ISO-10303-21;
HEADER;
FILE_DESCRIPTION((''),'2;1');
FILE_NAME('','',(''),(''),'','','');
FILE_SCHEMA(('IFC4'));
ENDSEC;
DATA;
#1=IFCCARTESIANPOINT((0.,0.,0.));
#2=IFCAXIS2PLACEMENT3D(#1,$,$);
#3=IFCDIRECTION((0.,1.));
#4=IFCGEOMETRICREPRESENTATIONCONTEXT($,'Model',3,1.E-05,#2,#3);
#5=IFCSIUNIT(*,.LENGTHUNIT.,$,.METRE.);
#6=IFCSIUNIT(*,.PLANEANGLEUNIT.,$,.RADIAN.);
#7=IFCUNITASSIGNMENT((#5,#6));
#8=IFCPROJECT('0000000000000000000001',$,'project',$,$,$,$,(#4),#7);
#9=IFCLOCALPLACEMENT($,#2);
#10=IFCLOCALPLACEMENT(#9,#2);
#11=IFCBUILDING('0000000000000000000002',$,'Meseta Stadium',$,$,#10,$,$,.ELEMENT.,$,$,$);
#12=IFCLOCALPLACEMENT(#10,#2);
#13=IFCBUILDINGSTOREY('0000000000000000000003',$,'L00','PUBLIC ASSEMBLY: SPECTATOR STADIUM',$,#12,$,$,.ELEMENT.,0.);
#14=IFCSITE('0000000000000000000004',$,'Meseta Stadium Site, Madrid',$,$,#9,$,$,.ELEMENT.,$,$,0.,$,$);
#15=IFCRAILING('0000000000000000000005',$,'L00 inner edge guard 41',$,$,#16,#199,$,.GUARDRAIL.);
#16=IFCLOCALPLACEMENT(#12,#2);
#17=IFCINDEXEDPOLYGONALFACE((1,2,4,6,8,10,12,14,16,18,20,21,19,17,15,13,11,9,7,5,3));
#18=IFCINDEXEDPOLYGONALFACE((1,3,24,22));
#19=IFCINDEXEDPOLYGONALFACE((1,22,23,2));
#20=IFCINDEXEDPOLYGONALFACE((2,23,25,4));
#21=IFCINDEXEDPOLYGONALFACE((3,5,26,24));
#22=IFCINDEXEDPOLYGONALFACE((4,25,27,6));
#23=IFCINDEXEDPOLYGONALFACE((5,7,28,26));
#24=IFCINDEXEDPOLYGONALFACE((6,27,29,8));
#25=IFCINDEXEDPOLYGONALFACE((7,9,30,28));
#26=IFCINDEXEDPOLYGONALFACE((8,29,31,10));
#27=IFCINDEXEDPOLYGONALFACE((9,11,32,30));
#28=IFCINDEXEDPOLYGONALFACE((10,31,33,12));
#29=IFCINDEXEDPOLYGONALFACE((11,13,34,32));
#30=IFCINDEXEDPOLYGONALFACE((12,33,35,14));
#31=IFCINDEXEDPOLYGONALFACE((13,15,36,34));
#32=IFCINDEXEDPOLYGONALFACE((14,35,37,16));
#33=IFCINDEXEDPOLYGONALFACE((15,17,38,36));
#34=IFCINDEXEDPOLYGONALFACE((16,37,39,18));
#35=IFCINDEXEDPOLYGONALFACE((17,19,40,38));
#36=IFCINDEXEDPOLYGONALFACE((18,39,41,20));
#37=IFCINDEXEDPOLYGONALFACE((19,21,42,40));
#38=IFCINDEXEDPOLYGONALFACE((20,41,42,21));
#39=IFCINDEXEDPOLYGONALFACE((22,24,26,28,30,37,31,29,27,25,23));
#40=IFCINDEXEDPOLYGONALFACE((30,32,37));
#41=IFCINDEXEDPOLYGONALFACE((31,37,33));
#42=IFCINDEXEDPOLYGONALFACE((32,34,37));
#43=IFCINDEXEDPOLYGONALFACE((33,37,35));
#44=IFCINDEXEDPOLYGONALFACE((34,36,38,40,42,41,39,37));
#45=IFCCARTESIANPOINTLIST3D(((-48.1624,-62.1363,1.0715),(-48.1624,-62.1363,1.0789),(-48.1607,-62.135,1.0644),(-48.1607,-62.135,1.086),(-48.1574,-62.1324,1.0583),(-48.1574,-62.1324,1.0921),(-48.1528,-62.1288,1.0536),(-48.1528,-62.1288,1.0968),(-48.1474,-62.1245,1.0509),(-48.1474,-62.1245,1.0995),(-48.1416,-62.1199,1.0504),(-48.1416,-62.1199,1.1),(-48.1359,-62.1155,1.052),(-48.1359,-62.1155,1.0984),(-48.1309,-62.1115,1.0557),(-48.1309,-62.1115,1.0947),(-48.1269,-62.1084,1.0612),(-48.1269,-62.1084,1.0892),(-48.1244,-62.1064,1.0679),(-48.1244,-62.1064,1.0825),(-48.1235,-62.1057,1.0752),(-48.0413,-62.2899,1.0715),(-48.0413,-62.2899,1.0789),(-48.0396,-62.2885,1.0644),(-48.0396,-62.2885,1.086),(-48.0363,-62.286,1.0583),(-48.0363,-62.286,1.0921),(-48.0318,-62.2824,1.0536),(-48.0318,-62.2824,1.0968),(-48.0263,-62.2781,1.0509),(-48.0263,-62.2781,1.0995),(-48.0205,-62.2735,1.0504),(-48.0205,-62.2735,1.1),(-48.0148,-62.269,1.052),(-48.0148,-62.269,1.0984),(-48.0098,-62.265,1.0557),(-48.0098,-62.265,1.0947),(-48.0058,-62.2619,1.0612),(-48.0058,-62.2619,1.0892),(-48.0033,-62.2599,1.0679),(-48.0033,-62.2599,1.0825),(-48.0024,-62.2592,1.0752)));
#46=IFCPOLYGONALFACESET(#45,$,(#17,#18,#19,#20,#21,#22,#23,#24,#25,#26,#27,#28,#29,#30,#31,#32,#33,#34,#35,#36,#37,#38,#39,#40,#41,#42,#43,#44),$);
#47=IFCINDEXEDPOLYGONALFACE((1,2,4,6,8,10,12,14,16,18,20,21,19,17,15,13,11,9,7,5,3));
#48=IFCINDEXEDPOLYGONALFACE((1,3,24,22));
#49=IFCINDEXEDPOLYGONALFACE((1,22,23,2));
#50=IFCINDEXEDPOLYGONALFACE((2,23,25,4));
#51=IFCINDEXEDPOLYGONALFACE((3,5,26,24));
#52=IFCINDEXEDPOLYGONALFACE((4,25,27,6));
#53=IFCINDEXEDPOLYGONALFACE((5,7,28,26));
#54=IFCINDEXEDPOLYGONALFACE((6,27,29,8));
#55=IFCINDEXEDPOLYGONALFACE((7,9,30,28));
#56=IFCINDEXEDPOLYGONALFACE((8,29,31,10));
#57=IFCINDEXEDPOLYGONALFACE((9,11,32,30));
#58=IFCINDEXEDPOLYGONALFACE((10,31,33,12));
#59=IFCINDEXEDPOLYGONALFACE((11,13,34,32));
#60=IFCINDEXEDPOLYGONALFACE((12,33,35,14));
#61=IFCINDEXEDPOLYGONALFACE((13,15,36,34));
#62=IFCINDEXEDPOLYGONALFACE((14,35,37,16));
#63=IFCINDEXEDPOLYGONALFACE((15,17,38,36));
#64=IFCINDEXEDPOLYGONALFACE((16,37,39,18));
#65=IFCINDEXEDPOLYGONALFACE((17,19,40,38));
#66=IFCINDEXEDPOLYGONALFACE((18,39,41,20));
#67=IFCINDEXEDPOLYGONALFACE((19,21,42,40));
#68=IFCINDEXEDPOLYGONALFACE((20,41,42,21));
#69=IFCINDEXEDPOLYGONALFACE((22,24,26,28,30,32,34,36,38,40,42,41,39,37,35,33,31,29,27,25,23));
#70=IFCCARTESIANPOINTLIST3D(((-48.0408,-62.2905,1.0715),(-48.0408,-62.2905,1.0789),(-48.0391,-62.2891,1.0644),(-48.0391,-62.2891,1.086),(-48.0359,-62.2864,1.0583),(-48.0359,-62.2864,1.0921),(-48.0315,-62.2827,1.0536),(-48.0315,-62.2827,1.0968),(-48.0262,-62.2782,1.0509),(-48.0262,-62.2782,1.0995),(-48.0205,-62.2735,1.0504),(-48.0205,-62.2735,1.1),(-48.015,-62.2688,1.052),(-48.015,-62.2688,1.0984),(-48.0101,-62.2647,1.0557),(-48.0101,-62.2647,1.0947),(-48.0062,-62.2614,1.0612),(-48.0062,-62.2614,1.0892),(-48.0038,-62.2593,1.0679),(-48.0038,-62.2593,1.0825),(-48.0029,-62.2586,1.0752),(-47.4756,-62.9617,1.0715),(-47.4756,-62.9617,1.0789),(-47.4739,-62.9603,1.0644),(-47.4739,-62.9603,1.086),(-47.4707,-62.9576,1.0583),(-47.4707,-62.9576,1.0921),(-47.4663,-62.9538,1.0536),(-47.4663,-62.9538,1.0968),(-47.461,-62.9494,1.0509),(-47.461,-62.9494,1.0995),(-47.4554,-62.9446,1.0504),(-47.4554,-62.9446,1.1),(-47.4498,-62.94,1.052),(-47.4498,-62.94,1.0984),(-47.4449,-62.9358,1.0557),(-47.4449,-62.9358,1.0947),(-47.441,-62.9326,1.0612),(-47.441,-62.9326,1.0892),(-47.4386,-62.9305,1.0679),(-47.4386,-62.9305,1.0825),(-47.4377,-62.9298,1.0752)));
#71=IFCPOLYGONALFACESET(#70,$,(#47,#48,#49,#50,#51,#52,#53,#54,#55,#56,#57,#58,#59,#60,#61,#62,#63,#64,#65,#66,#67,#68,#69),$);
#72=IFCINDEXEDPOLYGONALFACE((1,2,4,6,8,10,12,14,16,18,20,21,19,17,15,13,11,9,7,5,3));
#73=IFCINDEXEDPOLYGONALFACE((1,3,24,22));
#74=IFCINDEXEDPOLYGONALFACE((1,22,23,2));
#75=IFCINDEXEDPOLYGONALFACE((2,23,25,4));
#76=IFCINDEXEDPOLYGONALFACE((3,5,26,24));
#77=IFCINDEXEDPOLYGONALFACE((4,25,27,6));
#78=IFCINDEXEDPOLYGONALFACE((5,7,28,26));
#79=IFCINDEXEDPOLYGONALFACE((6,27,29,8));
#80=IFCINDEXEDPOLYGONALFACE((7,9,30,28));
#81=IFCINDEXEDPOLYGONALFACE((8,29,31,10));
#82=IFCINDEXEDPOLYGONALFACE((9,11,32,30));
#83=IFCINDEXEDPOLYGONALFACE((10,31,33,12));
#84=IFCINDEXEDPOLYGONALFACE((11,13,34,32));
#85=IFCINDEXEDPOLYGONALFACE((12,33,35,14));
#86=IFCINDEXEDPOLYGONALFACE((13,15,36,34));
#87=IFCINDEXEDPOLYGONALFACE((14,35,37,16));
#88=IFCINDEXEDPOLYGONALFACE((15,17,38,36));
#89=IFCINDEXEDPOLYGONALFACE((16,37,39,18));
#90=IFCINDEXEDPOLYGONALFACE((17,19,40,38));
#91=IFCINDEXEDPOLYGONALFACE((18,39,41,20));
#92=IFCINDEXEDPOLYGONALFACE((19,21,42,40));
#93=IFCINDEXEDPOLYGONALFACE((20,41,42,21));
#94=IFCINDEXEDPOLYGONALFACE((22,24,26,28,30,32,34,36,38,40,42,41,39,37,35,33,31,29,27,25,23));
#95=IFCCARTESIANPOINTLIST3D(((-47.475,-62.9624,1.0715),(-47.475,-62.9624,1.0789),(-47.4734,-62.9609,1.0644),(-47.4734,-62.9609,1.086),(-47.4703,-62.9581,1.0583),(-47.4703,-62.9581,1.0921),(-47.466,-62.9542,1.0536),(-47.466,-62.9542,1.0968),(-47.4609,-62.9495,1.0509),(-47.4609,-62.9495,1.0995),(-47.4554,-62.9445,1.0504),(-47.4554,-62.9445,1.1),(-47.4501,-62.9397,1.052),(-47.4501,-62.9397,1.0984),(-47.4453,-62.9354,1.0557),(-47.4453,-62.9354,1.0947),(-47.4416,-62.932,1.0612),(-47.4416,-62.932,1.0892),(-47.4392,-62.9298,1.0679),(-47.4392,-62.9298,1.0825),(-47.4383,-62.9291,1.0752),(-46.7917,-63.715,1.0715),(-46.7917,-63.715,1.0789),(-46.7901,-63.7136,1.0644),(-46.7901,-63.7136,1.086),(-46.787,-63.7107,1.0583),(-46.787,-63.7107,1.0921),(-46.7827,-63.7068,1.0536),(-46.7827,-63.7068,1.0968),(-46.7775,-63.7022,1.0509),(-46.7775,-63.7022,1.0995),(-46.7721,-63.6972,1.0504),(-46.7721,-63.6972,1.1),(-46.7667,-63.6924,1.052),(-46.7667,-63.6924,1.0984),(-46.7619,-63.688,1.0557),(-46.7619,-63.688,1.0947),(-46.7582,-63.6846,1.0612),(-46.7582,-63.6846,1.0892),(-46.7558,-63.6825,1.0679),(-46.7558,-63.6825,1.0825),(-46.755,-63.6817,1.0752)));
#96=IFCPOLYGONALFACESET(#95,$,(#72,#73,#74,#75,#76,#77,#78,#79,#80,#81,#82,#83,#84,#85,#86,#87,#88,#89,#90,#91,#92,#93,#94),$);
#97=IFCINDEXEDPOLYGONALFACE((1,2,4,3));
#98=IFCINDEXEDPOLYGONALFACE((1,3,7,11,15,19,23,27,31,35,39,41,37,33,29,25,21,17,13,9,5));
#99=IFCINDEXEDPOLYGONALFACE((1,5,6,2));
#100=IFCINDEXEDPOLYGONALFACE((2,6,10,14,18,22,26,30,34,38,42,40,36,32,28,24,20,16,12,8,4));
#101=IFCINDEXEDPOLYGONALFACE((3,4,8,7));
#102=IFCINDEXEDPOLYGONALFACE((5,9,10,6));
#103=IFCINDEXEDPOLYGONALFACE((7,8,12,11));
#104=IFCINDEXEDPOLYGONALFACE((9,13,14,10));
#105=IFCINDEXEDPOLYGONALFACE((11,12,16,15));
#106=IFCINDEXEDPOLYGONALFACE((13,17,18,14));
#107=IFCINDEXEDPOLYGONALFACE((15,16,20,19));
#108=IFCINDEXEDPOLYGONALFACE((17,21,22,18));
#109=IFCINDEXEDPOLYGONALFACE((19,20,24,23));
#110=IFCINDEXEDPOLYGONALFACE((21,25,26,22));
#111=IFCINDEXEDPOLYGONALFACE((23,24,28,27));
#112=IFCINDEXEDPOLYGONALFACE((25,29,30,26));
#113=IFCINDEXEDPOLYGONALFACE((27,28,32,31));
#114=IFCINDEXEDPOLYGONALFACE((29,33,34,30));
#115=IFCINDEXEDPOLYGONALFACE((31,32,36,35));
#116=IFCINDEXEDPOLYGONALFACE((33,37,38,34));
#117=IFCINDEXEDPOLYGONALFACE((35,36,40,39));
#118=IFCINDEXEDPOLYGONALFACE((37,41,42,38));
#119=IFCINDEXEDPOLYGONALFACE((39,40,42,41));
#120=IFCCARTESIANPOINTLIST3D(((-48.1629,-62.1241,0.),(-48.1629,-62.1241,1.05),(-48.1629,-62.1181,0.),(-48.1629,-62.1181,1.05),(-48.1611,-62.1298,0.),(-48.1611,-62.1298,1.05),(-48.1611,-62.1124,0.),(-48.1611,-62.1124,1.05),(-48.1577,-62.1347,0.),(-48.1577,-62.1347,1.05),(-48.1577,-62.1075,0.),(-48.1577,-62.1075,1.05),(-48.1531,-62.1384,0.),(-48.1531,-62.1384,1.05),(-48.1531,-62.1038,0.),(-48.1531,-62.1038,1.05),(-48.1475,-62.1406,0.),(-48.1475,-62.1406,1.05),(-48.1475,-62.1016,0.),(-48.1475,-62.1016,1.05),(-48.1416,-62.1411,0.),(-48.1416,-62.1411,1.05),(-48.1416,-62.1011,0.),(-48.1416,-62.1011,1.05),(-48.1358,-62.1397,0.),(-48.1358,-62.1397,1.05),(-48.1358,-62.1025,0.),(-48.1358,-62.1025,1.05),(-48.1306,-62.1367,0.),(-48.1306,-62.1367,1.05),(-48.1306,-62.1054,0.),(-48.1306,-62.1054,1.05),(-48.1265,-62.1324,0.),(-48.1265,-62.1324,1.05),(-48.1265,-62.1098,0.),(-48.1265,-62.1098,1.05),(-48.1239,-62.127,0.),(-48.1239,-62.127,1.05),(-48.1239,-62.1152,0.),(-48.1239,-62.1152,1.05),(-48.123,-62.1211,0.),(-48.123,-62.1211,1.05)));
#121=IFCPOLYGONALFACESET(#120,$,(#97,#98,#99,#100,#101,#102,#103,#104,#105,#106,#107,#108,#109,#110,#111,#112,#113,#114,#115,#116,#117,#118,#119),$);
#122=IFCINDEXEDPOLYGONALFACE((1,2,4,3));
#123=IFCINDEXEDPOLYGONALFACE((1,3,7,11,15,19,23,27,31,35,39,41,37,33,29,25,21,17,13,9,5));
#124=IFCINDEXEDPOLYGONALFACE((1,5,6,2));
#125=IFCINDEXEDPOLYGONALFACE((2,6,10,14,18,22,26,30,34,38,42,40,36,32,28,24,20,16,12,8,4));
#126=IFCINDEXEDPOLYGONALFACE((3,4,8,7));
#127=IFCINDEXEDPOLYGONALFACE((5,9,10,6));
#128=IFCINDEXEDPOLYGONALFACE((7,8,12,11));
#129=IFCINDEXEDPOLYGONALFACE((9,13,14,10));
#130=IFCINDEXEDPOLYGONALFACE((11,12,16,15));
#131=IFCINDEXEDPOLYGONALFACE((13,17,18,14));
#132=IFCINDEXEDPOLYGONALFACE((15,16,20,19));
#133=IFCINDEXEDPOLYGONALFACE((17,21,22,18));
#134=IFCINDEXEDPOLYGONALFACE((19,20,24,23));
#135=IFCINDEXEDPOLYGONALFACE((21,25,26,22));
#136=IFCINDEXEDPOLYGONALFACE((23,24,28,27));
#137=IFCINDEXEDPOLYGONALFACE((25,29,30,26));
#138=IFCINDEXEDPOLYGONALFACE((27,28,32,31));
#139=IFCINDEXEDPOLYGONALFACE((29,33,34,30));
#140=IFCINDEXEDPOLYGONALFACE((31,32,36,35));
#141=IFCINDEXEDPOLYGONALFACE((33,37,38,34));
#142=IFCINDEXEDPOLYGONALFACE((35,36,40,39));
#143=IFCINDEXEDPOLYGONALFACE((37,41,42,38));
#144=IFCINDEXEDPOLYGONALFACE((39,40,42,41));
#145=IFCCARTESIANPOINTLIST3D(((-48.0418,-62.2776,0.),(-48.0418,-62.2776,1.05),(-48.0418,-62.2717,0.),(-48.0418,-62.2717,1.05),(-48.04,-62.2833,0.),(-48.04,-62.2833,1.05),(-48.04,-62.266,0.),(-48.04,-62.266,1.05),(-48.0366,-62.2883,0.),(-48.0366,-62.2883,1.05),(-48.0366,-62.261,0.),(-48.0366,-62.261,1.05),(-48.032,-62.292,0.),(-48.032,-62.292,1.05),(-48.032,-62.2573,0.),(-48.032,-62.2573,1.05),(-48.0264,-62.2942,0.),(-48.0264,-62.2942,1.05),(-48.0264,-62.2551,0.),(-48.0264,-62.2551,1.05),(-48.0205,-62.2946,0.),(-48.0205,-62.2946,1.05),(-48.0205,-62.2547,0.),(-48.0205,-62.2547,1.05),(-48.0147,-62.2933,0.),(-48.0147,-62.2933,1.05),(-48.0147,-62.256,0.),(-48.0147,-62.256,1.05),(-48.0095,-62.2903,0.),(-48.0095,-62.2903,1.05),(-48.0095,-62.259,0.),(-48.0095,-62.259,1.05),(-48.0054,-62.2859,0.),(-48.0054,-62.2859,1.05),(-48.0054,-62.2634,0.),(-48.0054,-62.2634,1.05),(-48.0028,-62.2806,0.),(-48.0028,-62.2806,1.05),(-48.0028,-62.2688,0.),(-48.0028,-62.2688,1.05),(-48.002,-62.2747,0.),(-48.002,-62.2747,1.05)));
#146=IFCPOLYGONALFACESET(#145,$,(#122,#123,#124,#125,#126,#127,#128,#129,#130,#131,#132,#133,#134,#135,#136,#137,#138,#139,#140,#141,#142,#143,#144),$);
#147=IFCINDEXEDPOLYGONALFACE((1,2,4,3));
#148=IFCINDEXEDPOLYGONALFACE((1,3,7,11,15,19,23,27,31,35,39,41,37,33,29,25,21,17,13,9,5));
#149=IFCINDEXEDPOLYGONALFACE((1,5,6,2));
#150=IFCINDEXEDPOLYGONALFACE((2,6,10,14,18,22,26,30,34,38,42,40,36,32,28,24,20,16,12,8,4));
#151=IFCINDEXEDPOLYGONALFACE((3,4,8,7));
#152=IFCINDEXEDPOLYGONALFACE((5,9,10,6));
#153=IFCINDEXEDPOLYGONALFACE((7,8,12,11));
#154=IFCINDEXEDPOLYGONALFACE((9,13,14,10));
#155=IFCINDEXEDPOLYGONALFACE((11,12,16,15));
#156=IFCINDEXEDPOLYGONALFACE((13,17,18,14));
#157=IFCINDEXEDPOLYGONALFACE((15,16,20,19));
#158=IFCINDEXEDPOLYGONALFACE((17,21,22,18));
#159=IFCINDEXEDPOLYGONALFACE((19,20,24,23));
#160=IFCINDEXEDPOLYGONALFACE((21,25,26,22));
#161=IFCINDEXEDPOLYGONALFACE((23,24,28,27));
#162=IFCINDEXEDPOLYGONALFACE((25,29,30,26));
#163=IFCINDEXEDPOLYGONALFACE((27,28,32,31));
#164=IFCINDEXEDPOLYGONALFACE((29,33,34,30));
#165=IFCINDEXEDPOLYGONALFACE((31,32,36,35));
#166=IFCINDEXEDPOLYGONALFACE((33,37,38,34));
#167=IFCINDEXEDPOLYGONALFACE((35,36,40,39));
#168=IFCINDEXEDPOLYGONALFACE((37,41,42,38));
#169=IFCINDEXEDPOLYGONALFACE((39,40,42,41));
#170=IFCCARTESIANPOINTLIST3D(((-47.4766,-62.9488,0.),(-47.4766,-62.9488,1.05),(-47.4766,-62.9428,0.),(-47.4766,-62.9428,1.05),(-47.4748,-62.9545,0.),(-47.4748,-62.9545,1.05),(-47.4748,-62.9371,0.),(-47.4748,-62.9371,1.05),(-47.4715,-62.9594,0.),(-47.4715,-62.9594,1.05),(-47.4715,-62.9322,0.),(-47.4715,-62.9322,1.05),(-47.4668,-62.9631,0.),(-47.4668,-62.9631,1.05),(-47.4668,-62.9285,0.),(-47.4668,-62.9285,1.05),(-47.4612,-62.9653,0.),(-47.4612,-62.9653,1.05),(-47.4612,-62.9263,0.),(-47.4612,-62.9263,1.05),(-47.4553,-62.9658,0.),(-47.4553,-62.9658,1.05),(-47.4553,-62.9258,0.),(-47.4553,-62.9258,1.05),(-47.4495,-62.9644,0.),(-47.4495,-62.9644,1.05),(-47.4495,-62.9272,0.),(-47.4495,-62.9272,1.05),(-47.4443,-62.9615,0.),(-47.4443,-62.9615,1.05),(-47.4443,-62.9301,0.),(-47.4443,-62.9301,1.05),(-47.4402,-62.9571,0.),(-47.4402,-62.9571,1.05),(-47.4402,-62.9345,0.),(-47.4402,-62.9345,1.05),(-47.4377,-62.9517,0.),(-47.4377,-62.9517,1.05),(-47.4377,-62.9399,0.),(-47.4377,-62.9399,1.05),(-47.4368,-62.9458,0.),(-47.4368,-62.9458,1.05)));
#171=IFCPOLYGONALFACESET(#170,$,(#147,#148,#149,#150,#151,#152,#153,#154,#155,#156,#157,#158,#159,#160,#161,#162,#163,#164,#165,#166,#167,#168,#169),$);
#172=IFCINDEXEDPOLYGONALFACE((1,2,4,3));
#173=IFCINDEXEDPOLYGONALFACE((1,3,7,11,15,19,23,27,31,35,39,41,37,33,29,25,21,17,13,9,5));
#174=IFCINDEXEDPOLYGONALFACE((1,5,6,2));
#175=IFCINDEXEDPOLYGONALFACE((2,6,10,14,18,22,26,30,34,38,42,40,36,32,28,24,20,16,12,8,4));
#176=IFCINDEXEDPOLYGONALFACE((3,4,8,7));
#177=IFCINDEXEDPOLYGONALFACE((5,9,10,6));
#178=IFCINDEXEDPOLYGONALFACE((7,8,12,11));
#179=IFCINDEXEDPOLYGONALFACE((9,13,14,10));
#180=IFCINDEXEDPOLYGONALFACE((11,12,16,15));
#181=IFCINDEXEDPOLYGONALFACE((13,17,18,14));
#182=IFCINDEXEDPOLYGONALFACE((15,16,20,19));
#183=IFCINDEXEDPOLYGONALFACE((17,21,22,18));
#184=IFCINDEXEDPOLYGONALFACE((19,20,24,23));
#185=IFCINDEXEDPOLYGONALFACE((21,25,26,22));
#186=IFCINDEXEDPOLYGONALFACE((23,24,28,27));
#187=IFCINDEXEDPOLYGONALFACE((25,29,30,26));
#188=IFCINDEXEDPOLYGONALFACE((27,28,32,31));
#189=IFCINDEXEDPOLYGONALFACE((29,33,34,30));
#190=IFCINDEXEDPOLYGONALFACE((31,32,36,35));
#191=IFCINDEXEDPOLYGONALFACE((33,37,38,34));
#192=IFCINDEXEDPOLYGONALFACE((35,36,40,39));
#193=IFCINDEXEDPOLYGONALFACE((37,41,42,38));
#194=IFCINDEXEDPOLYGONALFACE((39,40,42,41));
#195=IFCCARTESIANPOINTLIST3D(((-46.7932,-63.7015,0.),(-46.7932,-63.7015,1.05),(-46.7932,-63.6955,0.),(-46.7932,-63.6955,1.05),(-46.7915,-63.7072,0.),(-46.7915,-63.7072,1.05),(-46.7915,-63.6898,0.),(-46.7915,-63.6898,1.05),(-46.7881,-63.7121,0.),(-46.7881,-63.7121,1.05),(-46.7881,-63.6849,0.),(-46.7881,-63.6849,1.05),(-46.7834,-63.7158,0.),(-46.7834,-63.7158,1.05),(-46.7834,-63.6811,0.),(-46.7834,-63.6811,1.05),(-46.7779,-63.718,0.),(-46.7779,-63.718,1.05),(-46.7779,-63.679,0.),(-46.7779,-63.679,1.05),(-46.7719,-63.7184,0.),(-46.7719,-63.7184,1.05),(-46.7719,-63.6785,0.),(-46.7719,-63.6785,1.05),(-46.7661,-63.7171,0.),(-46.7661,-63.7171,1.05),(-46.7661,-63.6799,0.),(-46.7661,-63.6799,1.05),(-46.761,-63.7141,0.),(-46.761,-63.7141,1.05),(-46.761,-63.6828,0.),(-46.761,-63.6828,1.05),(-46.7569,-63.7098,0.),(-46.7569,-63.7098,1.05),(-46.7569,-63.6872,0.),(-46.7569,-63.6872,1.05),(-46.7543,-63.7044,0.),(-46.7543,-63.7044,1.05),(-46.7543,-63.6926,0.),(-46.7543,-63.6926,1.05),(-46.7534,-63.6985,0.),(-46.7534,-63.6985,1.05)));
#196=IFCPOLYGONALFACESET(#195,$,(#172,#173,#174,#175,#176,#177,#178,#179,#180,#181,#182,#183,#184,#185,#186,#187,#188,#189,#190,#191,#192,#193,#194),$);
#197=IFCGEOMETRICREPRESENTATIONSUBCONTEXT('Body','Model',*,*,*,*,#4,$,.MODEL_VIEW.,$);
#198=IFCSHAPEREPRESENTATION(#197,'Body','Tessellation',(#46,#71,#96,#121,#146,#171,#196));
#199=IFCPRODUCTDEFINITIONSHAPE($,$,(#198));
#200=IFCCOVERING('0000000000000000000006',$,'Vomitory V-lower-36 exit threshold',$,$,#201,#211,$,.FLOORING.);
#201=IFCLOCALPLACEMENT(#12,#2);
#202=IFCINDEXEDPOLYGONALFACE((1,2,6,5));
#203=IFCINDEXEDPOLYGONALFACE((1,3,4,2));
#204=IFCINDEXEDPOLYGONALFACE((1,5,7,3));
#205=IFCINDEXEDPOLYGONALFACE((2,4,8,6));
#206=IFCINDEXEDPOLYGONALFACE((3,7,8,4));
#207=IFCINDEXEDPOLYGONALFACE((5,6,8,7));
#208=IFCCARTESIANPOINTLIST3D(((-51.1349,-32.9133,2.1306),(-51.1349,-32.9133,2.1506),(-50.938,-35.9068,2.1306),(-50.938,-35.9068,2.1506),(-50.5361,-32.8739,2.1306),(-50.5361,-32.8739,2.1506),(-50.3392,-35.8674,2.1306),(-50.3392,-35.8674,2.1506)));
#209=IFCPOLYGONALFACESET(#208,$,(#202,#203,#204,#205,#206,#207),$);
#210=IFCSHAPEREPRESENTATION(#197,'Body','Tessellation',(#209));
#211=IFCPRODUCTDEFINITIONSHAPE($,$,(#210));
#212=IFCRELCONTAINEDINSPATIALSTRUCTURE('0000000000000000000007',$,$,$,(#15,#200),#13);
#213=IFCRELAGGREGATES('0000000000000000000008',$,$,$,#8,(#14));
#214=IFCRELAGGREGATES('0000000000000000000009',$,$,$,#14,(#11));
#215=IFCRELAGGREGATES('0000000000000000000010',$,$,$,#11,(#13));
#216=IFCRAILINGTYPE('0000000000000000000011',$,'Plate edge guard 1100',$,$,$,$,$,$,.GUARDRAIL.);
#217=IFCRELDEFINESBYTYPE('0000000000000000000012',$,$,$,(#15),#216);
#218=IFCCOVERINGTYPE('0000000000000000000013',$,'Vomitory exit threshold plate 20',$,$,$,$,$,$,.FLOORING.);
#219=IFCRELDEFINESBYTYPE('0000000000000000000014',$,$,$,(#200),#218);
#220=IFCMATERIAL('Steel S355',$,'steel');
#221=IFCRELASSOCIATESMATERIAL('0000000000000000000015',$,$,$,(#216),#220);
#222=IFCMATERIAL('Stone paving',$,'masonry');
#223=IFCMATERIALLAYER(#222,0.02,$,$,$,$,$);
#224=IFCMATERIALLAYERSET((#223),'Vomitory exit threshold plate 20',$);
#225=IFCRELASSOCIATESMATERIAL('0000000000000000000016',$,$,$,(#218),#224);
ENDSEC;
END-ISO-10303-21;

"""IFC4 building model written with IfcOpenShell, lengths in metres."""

from ifc_helpers import new_model, si_unit, direction, frame, origin, origin_2d, place, context, subcontext, project, spatial, rectangle, circle, extrude, material, layer, layer_set, type_object, element, save


model = new_model("IFC4")

# Units and contexts
model_context = context("Model", 3, precision=1e-05, world=origin(), true_north=direction((0.0, 1.0)))
body_context = subcontext(model_context, "Body", "Model", "MODEL_VIEW")
ifc_project = project(units=[si_unit("LENGTHUNIT", "METRE"), si_unit("PLANEANGLEUNIT", "RADIAN")], contexts=[model_context])

# Site, building, storey
site_placement = place(None, origin())
site = spatial("IfcSite", under=ifc_project, at=site_placement, Name="Meseta Stadium Site, Madrid", CompositionType="ELEMENT", RefElevation=0.0)
building_placement = place(site_placement, origin())
building = spatial("IfcBuilding", under=site, at=building_placement, Name="Meseta Stadium", CompositionType="ELEMENT")
storey_placement = place(building_placement, origin())
storey = spatial("IfcBuildingStorey", under=building, at=storey_placement, Name="L00", Description="PUBLIC ASSEMBLY: SPECTATOR STADIUM", CompositionType="ELEMENT", Elevation=0.0)

# Railing
ifc_material_1 = material(Name="Steel S355", Category="steel")
railing_type_1 = type_object("IfcRailingType", Name="Plate edge guard 1100", PredefinedType="GUARDRAIL", material=ifc_material_1)
railing_1_placement = place(storey_placement, frame((-48.1431, -62.1211, 0.0)))
element("IfcRailing", 1, at=railing_1_placement, inside=storey, type_object=railing_type_1, Name="L00 inner edge guard 41", PredefinedType="GUARDRAIL", context=body_context, shape_type="SweptSolid", body=[
    extrude(circle(Radius=0.0249, at=origin_2d()), frame((0.0, 0.0, 1.0752), z_axis=(0.619199, -0.785234, 0.0), x_axis=(0.785234, 0.619199, 0.0)), (0.0, 0.0, 1.0), 0.1956),
    extrude(circle(Radius=0.0249, at=origin_2d()), frame((0.1211, -0.1536, 1.0752), z_axis=(0.644144, -0.764904, 0.0), x_axis=(0.764904, 0.644144, 0.0)), (0.0, 0.0, 1.0), 0.8774),
    extrude(circle(Radius=0.0249, at=origin_2d()), frame((0.6863, -0.8247, 1.0752), z_axis=(0.672183, -0.740385, 0.0), x_axis=(0.740385, 0.672183, 0.0)), (0.0, 0.0, 1.0), 1.0166),
    extrude(circle(Radius=0.02, at=origin_2d()), origin(), (0.0, 0.0, 1.0), 1.05),
    extrude(circle(Radius=0.02, at=origin_2d()), frame((0.1211, -0.1536, 0.0)), (0.0, 0.0, 1.0), 1.05),
    extrude(circle(Radius=0.02, at=origin_2d()), frame((0.6863, -0.8247, 0.0)), (0.0, 0.0, 1.0), 1.05),
    extrude(circle(Radius=0.02, at=origin_2d()), frame((1.3696, -1.5774, 0.0)), (0.0, 0.0, 1.0), 1.05),
])

# Covering
ifc_material_2 = material(Name="Stone paving", Category="masonry")
ifc_layer = layer(ifc_material_2, 0.02)
ifc_layer_set = layer_set([ifc_layer], Name="Vomitory exit threshold plate 20")
covering_type = type_object("IfcCoveringType", Name="Vomitory exit threshold plate 20", PredefinedType="FLOORING", material=ifc_layer_set)
for number, where, z_axis, x_axis, name in (
    (2, (-50.7371, -34.3904, 2.1306), (0.0, 0.0, 1.0), (0.997843, 0.065647, 0.0), "Vomitory V-lower-36 exit threshold"),
):
    element("IfcCovering", number, at=place(storey_placement, frame(where, z_axis=z_axis, x_axis=x_axis)), inside=storey, type_object=covering_type, Name=name, PredefinedType="FLOORING", context=body_context, shape_type="SweptSolid", body=[
        extrude(rectangle(XDim=0.6001, YDim=3.0, at=origin_2d()), origin(), (0.0, 0.0, 1.0), 0.02),
    ])

save(model, "model.ifc")
